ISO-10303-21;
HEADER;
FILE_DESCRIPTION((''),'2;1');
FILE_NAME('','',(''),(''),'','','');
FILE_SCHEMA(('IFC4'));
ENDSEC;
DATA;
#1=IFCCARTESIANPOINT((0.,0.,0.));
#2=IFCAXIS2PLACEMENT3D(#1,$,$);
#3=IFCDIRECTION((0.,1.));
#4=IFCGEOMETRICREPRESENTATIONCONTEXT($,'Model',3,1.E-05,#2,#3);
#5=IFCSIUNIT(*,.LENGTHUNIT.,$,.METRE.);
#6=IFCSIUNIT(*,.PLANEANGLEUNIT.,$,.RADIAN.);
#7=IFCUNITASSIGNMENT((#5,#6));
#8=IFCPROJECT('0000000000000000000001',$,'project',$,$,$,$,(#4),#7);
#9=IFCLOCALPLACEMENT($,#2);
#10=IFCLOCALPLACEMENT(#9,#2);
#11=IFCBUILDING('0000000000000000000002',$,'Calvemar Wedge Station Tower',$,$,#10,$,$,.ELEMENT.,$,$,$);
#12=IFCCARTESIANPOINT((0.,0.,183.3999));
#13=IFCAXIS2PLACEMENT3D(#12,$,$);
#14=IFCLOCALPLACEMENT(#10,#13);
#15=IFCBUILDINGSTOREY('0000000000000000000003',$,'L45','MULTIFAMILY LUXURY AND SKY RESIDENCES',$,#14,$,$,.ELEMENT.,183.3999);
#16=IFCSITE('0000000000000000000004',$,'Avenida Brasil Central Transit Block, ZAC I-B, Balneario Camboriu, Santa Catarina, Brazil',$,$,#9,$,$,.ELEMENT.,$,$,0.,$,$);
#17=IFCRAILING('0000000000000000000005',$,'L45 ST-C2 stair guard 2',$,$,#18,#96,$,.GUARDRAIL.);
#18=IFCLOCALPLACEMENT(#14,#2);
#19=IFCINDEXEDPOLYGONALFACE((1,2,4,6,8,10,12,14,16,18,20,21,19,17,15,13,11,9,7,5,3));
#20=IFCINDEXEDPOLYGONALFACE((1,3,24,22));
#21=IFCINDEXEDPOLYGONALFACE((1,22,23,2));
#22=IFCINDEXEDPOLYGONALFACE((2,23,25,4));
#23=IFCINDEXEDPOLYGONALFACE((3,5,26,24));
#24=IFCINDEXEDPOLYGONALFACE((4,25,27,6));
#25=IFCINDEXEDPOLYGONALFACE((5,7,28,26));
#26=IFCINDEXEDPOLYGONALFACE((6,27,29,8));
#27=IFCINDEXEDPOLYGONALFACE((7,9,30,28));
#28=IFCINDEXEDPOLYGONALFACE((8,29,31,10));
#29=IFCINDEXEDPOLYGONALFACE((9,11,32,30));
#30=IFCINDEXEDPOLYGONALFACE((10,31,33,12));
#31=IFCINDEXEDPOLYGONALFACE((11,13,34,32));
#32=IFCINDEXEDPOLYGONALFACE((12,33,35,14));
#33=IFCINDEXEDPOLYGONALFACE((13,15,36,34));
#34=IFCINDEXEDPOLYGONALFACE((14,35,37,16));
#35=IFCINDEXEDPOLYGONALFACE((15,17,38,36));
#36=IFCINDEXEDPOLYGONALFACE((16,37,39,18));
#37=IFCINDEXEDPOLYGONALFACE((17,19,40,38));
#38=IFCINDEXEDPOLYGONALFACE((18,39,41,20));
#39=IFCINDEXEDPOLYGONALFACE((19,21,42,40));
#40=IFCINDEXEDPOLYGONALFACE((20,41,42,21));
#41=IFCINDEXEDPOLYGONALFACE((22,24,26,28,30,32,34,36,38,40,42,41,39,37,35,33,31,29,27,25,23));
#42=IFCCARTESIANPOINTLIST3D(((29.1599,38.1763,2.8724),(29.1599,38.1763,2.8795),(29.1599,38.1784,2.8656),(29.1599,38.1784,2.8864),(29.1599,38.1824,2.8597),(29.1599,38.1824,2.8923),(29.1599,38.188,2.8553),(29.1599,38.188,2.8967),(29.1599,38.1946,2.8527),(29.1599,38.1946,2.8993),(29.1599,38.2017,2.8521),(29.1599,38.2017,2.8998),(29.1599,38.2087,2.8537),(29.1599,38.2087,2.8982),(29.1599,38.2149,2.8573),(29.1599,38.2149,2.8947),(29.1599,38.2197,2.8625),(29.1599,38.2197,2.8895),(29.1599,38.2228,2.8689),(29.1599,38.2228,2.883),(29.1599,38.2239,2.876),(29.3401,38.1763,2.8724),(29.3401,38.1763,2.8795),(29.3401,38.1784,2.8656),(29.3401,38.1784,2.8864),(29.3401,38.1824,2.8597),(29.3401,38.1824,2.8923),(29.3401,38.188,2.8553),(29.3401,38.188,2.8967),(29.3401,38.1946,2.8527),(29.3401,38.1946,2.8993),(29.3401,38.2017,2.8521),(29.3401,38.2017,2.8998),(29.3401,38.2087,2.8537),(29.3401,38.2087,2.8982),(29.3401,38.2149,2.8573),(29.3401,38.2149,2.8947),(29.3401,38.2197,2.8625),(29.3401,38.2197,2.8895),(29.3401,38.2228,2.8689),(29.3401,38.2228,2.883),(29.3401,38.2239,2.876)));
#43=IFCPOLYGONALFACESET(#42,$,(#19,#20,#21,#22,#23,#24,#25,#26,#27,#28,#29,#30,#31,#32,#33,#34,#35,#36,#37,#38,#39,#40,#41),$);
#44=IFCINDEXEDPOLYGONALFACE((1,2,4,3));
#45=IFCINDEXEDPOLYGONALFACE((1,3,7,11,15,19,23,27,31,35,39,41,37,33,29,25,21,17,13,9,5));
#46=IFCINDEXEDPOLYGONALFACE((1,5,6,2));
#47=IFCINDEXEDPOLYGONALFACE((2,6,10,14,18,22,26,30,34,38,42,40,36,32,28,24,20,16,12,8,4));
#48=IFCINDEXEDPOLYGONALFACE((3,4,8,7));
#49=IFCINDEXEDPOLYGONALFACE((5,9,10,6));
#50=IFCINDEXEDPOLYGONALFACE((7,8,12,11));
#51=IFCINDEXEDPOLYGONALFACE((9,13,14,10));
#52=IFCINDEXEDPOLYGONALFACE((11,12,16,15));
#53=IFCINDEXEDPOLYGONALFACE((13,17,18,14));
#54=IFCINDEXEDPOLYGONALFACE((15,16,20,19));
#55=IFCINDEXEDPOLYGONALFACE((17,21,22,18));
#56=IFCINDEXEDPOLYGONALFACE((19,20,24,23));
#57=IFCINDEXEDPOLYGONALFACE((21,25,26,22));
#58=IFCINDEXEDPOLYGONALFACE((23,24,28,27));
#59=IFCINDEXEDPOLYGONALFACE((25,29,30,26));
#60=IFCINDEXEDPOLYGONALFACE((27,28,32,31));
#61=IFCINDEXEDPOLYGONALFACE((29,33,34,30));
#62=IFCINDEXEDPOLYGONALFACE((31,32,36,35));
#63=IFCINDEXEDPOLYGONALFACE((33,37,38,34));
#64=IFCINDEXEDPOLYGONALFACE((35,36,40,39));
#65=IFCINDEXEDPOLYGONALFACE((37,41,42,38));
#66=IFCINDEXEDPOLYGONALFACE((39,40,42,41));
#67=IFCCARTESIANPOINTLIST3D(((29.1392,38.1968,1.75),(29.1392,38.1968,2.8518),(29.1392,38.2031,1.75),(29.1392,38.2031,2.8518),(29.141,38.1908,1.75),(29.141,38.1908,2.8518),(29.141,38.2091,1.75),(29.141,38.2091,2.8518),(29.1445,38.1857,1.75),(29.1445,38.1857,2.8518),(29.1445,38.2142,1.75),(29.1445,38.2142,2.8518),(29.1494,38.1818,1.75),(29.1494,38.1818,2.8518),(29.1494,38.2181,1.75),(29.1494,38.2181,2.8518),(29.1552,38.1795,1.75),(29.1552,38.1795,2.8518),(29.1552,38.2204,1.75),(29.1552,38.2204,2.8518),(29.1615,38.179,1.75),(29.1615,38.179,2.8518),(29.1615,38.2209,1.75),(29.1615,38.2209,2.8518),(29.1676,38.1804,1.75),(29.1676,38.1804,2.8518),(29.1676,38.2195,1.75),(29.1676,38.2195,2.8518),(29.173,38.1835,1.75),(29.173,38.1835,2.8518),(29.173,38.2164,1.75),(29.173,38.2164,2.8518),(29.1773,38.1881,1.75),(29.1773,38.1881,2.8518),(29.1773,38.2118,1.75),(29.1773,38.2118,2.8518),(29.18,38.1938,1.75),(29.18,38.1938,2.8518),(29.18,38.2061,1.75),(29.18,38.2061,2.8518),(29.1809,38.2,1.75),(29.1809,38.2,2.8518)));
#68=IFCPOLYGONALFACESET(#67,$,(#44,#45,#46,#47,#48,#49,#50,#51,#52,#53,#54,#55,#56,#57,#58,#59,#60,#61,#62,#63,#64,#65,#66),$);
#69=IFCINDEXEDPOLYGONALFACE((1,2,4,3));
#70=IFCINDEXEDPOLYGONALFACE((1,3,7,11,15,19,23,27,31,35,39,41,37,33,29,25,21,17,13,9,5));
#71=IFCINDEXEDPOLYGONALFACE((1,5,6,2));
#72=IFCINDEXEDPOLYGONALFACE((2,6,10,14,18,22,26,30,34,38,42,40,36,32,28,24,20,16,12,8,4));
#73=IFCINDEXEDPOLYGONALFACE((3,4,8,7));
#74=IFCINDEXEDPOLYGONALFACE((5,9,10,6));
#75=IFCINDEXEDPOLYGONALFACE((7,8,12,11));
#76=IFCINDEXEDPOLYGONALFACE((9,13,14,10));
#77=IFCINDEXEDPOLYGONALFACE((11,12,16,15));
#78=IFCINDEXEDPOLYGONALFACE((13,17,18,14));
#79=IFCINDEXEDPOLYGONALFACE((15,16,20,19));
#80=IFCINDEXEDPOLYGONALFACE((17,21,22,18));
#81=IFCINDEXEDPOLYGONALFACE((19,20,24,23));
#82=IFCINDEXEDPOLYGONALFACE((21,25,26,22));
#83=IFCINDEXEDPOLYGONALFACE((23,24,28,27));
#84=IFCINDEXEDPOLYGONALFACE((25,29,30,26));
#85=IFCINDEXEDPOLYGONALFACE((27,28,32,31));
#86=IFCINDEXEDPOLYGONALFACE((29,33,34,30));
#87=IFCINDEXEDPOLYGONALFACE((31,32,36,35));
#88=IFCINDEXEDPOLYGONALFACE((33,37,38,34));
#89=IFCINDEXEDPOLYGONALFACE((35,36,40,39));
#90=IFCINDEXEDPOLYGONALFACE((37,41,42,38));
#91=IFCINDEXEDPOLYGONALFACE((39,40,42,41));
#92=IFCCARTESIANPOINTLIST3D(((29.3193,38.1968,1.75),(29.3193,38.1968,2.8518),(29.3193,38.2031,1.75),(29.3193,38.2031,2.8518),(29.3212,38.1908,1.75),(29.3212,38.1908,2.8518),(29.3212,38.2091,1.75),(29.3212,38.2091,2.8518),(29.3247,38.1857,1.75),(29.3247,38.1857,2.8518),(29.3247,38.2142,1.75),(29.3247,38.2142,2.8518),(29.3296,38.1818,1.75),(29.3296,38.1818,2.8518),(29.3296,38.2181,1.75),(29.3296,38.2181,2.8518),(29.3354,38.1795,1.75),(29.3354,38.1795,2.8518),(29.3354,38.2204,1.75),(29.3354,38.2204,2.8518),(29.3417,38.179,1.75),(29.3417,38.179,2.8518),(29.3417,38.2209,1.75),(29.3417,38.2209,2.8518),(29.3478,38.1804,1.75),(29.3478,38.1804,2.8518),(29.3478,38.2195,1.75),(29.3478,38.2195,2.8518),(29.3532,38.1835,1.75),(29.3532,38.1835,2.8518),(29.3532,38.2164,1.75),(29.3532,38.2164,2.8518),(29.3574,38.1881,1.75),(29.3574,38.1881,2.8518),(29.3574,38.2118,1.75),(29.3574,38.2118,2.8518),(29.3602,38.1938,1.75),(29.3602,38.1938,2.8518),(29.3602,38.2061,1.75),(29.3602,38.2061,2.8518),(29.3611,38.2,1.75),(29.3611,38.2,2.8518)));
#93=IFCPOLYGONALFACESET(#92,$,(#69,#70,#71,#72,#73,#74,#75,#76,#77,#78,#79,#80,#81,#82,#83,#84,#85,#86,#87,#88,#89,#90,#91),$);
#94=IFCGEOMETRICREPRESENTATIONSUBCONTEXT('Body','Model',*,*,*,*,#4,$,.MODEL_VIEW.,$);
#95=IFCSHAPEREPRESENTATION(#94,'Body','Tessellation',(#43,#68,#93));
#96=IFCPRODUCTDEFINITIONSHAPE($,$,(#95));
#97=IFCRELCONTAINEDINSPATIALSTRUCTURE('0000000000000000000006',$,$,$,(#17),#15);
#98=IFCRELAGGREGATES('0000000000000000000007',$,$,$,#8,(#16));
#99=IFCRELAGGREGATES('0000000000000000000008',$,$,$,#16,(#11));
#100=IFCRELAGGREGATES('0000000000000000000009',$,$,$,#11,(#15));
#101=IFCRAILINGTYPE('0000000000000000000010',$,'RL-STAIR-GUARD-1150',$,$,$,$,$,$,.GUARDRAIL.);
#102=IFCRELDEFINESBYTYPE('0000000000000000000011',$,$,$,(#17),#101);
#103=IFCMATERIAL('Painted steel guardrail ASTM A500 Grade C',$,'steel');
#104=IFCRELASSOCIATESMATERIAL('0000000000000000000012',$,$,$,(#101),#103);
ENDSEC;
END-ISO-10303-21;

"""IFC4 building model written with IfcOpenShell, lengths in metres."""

from ifc_helpers import new_model, si_unit, direction, frame, origin, origin_2d, place, context, subcontext, project, spatial, circle, extrude, material, type_object, element, save


model = new_model("IFC4")

# Units and contexts
model_context = context("Model", 3, precision=1e-05, world=origin(), true_north=direction((0.0, 1.0)))
body_context = subcontext(model_context, "Body", "Model", "MODEL_VIEW")
ifc_project = project(units=[si_unit("LENGTHUNIT", "METRE"), si_unit("PLANEANGLEUNIT", "RADIAN")], contexts=[model_context])

# Site, building, storey
site_placement = place(None, origin())
site = spatial("IfcSite", under=ifc_project, at=site_placement, Name="Avenida Brasil Central Transit Block, ZAC I-B, Balneario Camboriu, Santa Catarina, Brazil", CompositionType="ELEMENT", RefElevation=0.0)
building_placement = place(site_placement, origin())
building = spatial("IfcBuilding", under=site, at=building_placement, Name="Calvemar Wedge Station Tower", CompositionType="ELEMENT")
storey_placement = place(building_placement, frame((0.0, 0.0, 183.3999)))
storey = spatial("IfcBuildingStorey", under=building, at=storey_placement, Name="L45", Description="MULTIFAMILY LUXURY AND SKY RESIDENCES", CompositionType="ELEMENT", Elevation=183.3999)

# Railing
ifc_material_1 = material(Name="Painted steel guardrail ASTM A500 Grade C", Category="steel")
railing_type_1 = type_object("IfcRailingType", Name="RL-STAIR-GUARD-1150", PredefinedType="GUARDRAIL", material=ifc_material_1)
railing_1_placement = place(storey_placement, frame((29.1599, 38.2, 1.75)))
element("IfcRailing", 1, at=railing_1_placement, inside=storey, type_object=railing_type_1, Name="L45 ST-C2 stair guard 2", PredefinedType="GUARDRAIL", context=body_context, shape_type="SweptSolid", body=[
    extrude(circle(Radius=0.0239, at=origin_2d()), frame((0.0, 0.0, 1.126), z_axis=(1.0, 0.0, 0.0), x_axis=(0.0, 1.0, 0.0)), (0.0, 0.0, 1.0), 0.1802),
    extrude(circle(Radius=0.021, at=origin_2d()), origin(), (0.0, 0.0, 1.0), 1.1018),
    extrude(circle(Radius=0.021, at=origin_2d()), frame((0.1802, 0.0, 0.0)), (0.0, 0.0, 1.0), 1.1018),
])

save(model, "model.ifc")
